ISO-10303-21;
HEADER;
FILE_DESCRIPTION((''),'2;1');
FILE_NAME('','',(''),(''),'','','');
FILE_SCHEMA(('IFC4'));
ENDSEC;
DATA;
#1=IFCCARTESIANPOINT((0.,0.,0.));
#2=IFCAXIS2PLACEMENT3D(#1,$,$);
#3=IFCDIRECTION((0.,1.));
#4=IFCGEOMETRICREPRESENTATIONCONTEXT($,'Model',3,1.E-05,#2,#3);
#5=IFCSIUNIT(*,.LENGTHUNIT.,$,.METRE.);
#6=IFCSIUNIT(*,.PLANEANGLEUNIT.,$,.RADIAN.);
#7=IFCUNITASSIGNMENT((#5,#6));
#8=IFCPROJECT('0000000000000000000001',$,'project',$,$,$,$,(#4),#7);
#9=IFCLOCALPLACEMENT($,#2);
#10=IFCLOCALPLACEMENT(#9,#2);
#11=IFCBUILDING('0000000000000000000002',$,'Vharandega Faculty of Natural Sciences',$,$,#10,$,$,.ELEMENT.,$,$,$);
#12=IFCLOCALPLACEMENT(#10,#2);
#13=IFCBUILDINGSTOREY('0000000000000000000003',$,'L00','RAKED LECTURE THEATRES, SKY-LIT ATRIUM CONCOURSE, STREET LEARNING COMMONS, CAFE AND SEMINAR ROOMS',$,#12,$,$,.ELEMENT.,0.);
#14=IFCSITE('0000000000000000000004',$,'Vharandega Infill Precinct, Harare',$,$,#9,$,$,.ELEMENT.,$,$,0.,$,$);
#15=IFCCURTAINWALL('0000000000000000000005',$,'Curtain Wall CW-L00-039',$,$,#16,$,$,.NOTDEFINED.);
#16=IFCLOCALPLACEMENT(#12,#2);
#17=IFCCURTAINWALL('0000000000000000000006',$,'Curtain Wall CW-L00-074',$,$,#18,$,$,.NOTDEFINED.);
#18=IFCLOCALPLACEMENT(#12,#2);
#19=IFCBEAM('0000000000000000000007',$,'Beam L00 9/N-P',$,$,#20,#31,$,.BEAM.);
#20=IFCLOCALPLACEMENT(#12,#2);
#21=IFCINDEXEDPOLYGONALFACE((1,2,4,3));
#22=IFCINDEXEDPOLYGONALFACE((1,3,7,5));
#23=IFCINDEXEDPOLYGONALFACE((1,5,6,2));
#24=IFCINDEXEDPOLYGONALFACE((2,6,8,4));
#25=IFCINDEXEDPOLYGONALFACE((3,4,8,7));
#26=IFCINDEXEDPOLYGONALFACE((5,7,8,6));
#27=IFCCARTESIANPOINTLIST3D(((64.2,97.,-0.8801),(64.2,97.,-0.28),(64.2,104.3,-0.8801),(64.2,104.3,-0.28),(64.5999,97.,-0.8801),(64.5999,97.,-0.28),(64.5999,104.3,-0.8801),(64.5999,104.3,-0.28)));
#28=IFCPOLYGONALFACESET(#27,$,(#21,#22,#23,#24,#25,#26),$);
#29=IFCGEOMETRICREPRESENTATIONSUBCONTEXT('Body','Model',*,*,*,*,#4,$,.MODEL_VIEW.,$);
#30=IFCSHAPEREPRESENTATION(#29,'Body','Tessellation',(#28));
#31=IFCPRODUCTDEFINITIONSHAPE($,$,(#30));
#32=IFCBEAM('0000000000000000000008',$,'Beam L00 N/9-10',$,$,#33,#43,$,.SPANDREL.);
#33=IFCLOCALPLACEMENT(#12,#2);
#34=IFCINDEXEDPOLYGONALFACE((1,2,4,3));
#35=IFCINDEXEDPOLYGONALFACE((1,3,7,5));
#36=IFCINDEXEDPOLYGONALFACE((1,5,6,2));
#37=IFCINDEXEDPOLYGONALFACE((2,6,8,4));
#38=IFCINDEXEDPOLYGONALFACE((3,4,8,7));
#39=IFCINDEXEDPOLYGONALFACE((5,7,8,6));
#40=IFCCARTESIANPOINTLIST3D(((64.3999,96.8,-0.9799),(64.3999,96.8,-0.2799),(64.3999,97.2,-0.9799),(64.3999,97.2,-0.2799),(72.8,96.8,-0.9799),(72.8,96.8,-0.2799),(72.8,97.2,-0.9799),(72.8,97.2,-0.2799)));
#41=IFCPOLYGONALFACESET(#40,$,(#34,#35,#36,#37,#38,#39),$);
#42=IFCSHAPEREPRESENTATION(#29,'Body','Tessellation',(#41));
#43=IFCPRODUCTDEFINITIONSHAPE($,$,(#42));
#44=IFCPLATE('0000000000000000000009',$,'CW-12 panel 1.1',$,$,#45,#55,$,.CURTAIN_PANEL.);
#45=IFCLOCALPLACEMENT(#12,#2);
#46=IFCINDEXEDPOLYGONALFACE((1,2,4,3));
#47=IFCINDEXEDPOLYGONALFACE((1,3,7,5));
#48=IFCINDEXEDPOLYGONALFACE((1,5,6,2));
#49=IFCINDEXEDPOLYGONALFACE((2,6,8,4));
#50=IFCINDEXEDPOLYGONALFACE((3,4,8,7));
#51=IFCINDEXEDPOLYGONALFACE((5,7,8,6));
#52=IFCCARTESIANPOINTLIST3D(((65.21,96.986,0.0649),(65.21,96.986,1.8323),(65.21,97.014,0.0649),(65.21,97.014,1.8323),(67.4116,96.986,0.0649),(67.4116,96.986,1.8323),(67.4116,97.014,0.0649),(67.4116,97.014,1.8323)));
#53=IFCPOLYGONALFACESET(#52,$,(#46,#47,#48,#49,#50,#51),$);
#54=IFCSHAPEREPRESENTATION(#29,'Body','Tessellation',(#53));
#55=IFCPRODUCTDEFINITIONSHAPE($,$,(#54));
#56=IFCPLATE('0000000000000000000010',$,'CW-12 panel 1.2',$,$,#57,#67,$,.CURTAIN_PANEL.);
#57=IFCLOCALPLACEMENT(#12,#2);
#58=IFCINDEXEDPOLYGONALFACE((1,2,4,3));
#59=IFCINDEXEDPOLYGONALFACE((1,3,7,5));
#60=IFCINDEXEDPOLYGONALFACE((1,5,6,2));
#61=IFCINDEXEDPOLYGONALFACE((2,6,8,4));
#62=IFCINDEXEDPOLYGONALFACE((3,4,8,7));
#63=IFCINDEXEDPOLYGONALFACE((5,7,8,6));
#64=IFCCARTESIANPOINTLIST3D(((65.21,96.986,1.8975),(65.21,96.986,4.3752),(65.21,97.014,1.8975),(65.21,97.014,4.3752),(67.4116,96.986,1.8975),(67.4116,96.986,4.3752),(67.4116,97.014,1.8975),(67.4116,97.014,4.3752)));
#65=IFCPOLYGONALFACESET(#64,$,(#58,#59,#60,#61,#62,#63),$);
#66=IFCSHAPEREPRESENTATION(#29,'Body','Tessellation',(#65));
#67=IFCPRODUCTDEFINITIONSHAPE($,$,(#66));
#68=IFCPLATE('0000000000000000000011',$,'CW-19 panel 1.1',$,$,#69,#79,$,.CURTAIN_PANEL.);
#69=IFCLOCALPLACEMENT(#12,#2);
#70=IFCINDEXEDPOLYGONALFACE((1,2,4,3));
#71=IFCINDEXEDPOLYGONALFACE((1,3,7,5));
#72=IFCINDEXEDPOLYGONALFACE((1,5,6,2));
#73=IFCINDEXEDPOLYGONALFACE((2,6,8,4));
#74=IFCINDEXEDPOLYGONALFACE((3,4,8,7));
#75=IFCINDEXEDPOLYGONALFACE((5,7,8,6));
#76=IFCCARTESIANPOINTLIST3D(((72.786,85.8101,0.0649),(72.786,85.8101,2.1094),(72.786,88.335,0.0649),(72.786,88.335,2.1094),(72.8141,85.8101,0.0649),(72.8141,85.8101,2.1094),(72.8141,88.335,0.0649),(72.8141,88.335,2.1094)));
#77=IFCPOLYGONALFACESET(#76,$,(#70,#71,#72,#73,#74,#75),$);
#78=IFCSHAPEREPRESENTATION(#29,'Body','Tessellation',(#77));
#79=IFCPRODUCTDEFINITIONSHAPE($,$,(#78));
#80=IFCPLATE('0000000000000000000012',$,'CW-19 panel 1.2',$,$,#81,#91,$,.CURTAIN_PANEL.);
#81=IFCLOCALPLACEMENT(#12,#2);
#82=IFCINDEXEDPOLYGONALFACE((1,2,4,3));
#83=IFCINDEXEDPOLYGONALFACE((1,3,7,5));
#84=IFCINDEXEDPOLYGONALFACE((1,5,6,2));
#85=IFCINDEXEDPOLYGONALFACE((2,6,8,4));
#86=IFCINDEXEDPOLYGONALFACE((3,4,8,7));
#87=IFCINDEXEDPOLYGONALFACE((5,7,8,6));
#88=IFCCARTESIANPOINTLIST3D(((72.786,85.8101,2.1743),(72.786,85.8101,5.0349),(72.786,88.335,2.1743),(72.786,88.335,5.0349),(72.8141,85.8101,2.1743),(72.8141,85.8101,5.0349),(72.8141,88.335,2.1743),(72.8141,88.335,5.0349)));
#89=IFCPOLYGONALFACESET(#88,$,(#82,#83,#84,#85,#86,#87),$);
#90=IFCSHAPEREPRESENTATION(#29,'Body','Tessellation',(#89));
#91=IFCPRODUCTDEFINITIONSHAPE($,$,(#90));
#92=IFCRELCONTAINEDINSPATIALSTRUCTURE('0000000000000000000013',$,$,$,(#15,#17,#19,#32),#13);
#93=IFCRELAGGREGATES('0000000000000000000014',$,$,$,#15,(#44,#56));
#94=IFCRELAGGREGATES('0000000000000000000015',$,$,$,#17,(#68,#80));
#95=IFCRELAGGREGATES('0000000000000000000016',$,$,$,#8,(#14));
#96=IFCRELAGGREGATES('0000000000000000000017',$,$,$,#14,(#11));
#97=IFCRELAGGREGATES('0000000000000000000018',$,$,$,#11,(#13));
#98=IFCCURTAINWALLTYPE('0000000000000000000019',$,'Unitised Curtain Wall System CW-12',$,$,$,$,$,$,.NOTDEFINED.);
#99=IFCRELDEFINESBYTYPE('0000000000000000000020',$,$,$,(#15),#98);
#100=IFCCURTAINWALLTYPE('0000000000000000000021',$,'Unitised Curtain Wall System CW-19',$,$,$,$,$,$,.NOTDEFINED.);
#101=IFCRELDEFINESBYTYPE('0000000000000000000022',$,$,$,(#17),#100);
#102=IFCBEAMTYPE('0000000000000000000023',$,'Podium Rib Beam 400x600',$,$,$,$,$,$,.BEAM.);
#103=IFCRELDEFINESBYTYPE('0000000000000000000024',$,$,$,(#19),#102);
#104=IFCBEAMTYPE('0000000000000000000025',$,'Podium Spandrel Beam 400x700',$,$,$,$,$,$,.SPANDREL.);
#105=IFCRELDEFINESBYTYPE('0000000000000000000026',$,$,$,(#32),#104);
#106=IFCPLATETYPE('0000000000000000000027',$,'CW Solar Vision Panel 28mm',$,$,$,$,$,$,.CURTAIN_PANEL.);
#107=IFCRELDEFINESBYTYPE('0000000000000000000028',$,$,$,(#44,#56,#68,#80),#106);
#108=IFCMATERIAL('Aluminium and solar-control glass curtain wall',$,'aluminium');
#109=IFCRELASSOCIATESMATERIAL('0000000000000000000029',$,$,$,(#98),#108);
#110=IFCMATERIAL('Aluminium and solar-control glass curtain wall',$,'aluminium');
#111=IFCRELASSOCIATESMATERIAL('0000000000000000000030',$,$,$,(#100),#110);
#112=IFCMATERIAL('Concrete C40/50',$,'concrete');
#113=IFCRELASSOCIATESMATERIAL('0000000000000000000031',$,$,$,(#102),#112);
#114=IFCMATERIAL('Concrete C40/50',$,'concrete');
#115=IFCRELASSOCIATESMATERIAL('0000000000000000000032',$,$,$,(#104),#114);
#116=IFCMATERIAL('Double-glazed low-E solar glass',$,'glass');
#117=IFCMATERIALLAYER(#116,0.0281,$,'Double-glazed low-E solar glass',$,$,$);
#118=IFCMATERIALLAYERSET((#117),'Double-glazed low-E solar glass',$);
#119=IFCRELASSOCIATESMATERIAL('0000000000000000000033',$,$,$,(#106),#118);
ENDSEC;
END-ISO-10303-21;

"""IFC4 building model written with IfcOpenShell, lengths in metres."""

from ifc_helpers import new_model, si_unit, direction, frame, origin, origin_2d, place, context, subcontext, project, spatial, rectangle, extrude, material, layer, layer_set, material_profile, profile_set, type_object, element, aggregate, save


model = new_model("IFC4")

# Units and contexts
model_context = context("Model", 3, precision=1e-05, world=origin(), true_north=direction((0.0, 1.0)))
body_context = subcontext(model_context, "Body", "Model", "MODEL_VIEW")
ifc_project = project(units=[si_unit("LENGTHUNIT", "METRE"), si_unit("PLANEANGLEUNIT", "RADIAN")], contexts=[model_context])

# Site, building, storey
site_placement = place(None, origin())
site = spatial("IfcSite", under=ifc_project, at=site_placement, Name="Vharandega Infill Precinct, Harare", CompositionType="ELEMENT", RefElevation=0.0)
building_placement = place(site_placement, origin())
building = spatial("IfcBuilding", under=site, at=building_placement, Name="Vharandega Faculty of Natural Sciences", CompositionType="ELEMENT")
storey_placement = place(building_placement, origin())
storey = spatial("IfcBuildingStorey", under=building, at=storey_placement, Name="L00", Description="RAKED LECTURE THEATRES, SKY-LIT ATRIUM CONCOURSE, STREET LEARNING COMMONS, CAFE AND SEMINAR ROOMS", CompositionType="ELEMENT", Elevation=0.0)

# Curtain walls
ifc_material_1 = material(Name="Aluminium and solar-control glass curtain wall", Category="aluminium")
curtain_wall_type_1 = type_object("IfcCurtainWallType", Name="Unitised Curtain Wall System CW-12", PredefinedType="NOTDEFINED", material=ifc_material_1)
curtain_wall_1_placement = place(storey_placement, origin())
curtain_wall_1 = element("IfcCurtainWall", 1, at=curtain_wall_1_placement, inside=storey, type_object=curtain_wall_type_1, Name="Curtain Wall CW-L00-039", PredefinedType="NOTDEFINED")
ifc_material_2 = material(Name="Aluminium and solar-control glass curtain wall", Category="aluminium")
curtain_wall_type_2 = type_object("IfcCurtainWallType", Name="Unitised Curtain Wall System CW-19", PredefinedType="NOTDEFINED", material=ifc_material_2)
curtain_wall_2_placement = place(storey_placement, origin())
curtain_wall_2 = element("IfcCurtainWall", 2, at=curtain_wall_2_placement, inside=storey, type_object=curtain_wall_type_2, Name="Curtain Wall CW-L00-074", PredefinedType="NOTDEFINED")

# Beams
ifc_material_3 = material(Name="Concrete C40/50", Category="concrete")
ifc_material_profile_1 = material_profile(ifc_material_3, rectangle(XDim=0.3999, YDim=0.6001, at=origin_2d()), Name="RC 400x600")
ifc_profile_set_1 = profile_set([ifc_material_profile_1], Name="Concrete C40/50")
beam_type_1 = type_object("IfcBeamType", Name="Podium Rib Beam 400x600", PredefinedType="BEAM", material=ifc_profile_set_1)
beam_1_placement = place(storey_placement, frame((64.3999, 97.0, -0.5801), z_axis=(0.0, 1.0, 0.0), x_axis=(-1.0, 0.0, 0.0)))
element("IfcBeam", 3, at=beam_1_placement, inside=storey, type_object=beam_type_1, Name="Beam L00 9/N-P", PredefinedType="BEAM", context=body_context, shape_type="SweptSolid", body=[
    extrude(rectangle(XDim=0.3999, YDim=0.6001, at=origin_2d()), origin(), (0.0, 0.0, 1.0), 7.3),
])
ifc_material_4 = material(Name="Concrete C40/50", Category="concrete")
ifc_material_profile_2 = material_profile(ifc_material_4, rectangle(XDim=0.3999, YDim=0.7, at=origin_2d()), Name="RC 400x700")
ifc_profile_set_2 = profile_set([ifc_material_profile_2], Name="Concrete C40/50")
beam_type_2 = type_object("IfcBeamType", Name="Podium Spandrel Beam 400x700", PredefinedType="SPANDREL", material=ifc_profile_set_2)
beam_2_placement = place(storey_placement, frame((64.3999, 97.0, -0.6299), z_axis=(1.0, 0.0, 0.0), x_axis=(0.0, 1.0, 0.0)))
element("IfcBeam", 4, at=beam_2_placement, inside=storey, type_object=beam_type_2, Name="Beam L00 N/9-10", PredefinedType="SPANDREL", context=body_context, shape_type="SweptSolid", body=[
    extrude(rectangle(XDim=0.3999, YDim=0.7, at=origin_2d()), origin(), (0.0, 0.0, 1.0), 8.4001),
])

# Plates
ifc_material_5 = material(Name="Double-glazed low-E solar glass", Category="glass")
ifc_layer = layer(ifc_material_5, 0.0281, Name="Double-glazed low-E solar glass")
ifc_layer_set = layer_set([ifc_layer], Name="Double-glazed low-E solar glass")
plate_type = type_object("IfcPlateType", Name="CW Solar Vision Panel 28mm", PredefinedType="CURTAIN_PANEL", material=ifc_layer_set)
plate_1_placement = place(storey_placement, frame((66.3108, 97.0, 0.0649), z_axis=(0.0, 0.0, 1.0), x_axis=(1.0, 0.0, 0.0)))
plate_1 = element("IfcPlate", 5, at=plate_1_placement, type_object=plate_type, Name="CW-12 panel 1.1", PredefinedType="CURTAIN_PANEL", context=body_context, shape_type="SweptSolid", body=[
    extrude(rectangle(XDim=2.2017, YDim=0.0281, at=origin_2d()), origin(), (0.0, 0.0, 1.0), 1.7673),
])
plate_2_placement = place(storey_placement, frame((66.3108, 97.0, 1.8975), z_axis=(0.0, 0.0, 1.0), x_axis=(1.0, 0.0, 0.0)))
plate_2 = element("IfcPlate", 6, at=plate_2_placement, type_object=plate_type, Name="CW-12 panel 1.2", PredefinedType="CURTAIN_PANEL", context=body_context, shape_type="SweptSolid", body=[
    extrude(rectangle(XDim=2.2017, YDim=0.0281, at=origin_2d()), origin(), (0.0, 0.0, 1.0), 2.4778),
])
aggregate(curtain_wall_1, [plate_1, plate_2])
plate_3_placement = place(storey_placement, frame((72.8, 87.0725, 0.0649), z_axis=(0.0, 0.0, 1.0), x_axis=(0.0, 1.0, 0.0)))
plate_3 = element("IfcPlate", 7, at=plate_3_placement, type_object=plate_type, Name="CW-19 panel 1.1", PredefinedType="CURTAIN_PANEL", context=body_context, shape_type="SweptSolid", body=[
    extrude(rectangle(XDim=2.5249, YDim=0.0281, at=origin_2d()), origin(), (0.0, 0.0, 1.0), 2.0444),
])
plate_4_placement = place(storey_placement, frame((72.8, 87.0725, 2.1743), z_axis=(0.0, 0.0, 1.0), x_axis=(0.0, 1.0, 0.0)))
plate_4 = element("IfcPlate", 8, at=plate_4_placement, type_object=plate_type, Name="CW-19 panel 1.2", PredefinedType="CURTAIN_PANEL", context=body_context, shape_type="SweptSolid", body=[
    extrude(rectangle(XDim=2.5249, YDim=0.0281, at=origin_2d()), origin(), (0.0, 0.0, 1.0), 2.8606),
])
aggregate(curtain_wall_2, [plate_3, plate_4])

save(model, "model.ifc")
